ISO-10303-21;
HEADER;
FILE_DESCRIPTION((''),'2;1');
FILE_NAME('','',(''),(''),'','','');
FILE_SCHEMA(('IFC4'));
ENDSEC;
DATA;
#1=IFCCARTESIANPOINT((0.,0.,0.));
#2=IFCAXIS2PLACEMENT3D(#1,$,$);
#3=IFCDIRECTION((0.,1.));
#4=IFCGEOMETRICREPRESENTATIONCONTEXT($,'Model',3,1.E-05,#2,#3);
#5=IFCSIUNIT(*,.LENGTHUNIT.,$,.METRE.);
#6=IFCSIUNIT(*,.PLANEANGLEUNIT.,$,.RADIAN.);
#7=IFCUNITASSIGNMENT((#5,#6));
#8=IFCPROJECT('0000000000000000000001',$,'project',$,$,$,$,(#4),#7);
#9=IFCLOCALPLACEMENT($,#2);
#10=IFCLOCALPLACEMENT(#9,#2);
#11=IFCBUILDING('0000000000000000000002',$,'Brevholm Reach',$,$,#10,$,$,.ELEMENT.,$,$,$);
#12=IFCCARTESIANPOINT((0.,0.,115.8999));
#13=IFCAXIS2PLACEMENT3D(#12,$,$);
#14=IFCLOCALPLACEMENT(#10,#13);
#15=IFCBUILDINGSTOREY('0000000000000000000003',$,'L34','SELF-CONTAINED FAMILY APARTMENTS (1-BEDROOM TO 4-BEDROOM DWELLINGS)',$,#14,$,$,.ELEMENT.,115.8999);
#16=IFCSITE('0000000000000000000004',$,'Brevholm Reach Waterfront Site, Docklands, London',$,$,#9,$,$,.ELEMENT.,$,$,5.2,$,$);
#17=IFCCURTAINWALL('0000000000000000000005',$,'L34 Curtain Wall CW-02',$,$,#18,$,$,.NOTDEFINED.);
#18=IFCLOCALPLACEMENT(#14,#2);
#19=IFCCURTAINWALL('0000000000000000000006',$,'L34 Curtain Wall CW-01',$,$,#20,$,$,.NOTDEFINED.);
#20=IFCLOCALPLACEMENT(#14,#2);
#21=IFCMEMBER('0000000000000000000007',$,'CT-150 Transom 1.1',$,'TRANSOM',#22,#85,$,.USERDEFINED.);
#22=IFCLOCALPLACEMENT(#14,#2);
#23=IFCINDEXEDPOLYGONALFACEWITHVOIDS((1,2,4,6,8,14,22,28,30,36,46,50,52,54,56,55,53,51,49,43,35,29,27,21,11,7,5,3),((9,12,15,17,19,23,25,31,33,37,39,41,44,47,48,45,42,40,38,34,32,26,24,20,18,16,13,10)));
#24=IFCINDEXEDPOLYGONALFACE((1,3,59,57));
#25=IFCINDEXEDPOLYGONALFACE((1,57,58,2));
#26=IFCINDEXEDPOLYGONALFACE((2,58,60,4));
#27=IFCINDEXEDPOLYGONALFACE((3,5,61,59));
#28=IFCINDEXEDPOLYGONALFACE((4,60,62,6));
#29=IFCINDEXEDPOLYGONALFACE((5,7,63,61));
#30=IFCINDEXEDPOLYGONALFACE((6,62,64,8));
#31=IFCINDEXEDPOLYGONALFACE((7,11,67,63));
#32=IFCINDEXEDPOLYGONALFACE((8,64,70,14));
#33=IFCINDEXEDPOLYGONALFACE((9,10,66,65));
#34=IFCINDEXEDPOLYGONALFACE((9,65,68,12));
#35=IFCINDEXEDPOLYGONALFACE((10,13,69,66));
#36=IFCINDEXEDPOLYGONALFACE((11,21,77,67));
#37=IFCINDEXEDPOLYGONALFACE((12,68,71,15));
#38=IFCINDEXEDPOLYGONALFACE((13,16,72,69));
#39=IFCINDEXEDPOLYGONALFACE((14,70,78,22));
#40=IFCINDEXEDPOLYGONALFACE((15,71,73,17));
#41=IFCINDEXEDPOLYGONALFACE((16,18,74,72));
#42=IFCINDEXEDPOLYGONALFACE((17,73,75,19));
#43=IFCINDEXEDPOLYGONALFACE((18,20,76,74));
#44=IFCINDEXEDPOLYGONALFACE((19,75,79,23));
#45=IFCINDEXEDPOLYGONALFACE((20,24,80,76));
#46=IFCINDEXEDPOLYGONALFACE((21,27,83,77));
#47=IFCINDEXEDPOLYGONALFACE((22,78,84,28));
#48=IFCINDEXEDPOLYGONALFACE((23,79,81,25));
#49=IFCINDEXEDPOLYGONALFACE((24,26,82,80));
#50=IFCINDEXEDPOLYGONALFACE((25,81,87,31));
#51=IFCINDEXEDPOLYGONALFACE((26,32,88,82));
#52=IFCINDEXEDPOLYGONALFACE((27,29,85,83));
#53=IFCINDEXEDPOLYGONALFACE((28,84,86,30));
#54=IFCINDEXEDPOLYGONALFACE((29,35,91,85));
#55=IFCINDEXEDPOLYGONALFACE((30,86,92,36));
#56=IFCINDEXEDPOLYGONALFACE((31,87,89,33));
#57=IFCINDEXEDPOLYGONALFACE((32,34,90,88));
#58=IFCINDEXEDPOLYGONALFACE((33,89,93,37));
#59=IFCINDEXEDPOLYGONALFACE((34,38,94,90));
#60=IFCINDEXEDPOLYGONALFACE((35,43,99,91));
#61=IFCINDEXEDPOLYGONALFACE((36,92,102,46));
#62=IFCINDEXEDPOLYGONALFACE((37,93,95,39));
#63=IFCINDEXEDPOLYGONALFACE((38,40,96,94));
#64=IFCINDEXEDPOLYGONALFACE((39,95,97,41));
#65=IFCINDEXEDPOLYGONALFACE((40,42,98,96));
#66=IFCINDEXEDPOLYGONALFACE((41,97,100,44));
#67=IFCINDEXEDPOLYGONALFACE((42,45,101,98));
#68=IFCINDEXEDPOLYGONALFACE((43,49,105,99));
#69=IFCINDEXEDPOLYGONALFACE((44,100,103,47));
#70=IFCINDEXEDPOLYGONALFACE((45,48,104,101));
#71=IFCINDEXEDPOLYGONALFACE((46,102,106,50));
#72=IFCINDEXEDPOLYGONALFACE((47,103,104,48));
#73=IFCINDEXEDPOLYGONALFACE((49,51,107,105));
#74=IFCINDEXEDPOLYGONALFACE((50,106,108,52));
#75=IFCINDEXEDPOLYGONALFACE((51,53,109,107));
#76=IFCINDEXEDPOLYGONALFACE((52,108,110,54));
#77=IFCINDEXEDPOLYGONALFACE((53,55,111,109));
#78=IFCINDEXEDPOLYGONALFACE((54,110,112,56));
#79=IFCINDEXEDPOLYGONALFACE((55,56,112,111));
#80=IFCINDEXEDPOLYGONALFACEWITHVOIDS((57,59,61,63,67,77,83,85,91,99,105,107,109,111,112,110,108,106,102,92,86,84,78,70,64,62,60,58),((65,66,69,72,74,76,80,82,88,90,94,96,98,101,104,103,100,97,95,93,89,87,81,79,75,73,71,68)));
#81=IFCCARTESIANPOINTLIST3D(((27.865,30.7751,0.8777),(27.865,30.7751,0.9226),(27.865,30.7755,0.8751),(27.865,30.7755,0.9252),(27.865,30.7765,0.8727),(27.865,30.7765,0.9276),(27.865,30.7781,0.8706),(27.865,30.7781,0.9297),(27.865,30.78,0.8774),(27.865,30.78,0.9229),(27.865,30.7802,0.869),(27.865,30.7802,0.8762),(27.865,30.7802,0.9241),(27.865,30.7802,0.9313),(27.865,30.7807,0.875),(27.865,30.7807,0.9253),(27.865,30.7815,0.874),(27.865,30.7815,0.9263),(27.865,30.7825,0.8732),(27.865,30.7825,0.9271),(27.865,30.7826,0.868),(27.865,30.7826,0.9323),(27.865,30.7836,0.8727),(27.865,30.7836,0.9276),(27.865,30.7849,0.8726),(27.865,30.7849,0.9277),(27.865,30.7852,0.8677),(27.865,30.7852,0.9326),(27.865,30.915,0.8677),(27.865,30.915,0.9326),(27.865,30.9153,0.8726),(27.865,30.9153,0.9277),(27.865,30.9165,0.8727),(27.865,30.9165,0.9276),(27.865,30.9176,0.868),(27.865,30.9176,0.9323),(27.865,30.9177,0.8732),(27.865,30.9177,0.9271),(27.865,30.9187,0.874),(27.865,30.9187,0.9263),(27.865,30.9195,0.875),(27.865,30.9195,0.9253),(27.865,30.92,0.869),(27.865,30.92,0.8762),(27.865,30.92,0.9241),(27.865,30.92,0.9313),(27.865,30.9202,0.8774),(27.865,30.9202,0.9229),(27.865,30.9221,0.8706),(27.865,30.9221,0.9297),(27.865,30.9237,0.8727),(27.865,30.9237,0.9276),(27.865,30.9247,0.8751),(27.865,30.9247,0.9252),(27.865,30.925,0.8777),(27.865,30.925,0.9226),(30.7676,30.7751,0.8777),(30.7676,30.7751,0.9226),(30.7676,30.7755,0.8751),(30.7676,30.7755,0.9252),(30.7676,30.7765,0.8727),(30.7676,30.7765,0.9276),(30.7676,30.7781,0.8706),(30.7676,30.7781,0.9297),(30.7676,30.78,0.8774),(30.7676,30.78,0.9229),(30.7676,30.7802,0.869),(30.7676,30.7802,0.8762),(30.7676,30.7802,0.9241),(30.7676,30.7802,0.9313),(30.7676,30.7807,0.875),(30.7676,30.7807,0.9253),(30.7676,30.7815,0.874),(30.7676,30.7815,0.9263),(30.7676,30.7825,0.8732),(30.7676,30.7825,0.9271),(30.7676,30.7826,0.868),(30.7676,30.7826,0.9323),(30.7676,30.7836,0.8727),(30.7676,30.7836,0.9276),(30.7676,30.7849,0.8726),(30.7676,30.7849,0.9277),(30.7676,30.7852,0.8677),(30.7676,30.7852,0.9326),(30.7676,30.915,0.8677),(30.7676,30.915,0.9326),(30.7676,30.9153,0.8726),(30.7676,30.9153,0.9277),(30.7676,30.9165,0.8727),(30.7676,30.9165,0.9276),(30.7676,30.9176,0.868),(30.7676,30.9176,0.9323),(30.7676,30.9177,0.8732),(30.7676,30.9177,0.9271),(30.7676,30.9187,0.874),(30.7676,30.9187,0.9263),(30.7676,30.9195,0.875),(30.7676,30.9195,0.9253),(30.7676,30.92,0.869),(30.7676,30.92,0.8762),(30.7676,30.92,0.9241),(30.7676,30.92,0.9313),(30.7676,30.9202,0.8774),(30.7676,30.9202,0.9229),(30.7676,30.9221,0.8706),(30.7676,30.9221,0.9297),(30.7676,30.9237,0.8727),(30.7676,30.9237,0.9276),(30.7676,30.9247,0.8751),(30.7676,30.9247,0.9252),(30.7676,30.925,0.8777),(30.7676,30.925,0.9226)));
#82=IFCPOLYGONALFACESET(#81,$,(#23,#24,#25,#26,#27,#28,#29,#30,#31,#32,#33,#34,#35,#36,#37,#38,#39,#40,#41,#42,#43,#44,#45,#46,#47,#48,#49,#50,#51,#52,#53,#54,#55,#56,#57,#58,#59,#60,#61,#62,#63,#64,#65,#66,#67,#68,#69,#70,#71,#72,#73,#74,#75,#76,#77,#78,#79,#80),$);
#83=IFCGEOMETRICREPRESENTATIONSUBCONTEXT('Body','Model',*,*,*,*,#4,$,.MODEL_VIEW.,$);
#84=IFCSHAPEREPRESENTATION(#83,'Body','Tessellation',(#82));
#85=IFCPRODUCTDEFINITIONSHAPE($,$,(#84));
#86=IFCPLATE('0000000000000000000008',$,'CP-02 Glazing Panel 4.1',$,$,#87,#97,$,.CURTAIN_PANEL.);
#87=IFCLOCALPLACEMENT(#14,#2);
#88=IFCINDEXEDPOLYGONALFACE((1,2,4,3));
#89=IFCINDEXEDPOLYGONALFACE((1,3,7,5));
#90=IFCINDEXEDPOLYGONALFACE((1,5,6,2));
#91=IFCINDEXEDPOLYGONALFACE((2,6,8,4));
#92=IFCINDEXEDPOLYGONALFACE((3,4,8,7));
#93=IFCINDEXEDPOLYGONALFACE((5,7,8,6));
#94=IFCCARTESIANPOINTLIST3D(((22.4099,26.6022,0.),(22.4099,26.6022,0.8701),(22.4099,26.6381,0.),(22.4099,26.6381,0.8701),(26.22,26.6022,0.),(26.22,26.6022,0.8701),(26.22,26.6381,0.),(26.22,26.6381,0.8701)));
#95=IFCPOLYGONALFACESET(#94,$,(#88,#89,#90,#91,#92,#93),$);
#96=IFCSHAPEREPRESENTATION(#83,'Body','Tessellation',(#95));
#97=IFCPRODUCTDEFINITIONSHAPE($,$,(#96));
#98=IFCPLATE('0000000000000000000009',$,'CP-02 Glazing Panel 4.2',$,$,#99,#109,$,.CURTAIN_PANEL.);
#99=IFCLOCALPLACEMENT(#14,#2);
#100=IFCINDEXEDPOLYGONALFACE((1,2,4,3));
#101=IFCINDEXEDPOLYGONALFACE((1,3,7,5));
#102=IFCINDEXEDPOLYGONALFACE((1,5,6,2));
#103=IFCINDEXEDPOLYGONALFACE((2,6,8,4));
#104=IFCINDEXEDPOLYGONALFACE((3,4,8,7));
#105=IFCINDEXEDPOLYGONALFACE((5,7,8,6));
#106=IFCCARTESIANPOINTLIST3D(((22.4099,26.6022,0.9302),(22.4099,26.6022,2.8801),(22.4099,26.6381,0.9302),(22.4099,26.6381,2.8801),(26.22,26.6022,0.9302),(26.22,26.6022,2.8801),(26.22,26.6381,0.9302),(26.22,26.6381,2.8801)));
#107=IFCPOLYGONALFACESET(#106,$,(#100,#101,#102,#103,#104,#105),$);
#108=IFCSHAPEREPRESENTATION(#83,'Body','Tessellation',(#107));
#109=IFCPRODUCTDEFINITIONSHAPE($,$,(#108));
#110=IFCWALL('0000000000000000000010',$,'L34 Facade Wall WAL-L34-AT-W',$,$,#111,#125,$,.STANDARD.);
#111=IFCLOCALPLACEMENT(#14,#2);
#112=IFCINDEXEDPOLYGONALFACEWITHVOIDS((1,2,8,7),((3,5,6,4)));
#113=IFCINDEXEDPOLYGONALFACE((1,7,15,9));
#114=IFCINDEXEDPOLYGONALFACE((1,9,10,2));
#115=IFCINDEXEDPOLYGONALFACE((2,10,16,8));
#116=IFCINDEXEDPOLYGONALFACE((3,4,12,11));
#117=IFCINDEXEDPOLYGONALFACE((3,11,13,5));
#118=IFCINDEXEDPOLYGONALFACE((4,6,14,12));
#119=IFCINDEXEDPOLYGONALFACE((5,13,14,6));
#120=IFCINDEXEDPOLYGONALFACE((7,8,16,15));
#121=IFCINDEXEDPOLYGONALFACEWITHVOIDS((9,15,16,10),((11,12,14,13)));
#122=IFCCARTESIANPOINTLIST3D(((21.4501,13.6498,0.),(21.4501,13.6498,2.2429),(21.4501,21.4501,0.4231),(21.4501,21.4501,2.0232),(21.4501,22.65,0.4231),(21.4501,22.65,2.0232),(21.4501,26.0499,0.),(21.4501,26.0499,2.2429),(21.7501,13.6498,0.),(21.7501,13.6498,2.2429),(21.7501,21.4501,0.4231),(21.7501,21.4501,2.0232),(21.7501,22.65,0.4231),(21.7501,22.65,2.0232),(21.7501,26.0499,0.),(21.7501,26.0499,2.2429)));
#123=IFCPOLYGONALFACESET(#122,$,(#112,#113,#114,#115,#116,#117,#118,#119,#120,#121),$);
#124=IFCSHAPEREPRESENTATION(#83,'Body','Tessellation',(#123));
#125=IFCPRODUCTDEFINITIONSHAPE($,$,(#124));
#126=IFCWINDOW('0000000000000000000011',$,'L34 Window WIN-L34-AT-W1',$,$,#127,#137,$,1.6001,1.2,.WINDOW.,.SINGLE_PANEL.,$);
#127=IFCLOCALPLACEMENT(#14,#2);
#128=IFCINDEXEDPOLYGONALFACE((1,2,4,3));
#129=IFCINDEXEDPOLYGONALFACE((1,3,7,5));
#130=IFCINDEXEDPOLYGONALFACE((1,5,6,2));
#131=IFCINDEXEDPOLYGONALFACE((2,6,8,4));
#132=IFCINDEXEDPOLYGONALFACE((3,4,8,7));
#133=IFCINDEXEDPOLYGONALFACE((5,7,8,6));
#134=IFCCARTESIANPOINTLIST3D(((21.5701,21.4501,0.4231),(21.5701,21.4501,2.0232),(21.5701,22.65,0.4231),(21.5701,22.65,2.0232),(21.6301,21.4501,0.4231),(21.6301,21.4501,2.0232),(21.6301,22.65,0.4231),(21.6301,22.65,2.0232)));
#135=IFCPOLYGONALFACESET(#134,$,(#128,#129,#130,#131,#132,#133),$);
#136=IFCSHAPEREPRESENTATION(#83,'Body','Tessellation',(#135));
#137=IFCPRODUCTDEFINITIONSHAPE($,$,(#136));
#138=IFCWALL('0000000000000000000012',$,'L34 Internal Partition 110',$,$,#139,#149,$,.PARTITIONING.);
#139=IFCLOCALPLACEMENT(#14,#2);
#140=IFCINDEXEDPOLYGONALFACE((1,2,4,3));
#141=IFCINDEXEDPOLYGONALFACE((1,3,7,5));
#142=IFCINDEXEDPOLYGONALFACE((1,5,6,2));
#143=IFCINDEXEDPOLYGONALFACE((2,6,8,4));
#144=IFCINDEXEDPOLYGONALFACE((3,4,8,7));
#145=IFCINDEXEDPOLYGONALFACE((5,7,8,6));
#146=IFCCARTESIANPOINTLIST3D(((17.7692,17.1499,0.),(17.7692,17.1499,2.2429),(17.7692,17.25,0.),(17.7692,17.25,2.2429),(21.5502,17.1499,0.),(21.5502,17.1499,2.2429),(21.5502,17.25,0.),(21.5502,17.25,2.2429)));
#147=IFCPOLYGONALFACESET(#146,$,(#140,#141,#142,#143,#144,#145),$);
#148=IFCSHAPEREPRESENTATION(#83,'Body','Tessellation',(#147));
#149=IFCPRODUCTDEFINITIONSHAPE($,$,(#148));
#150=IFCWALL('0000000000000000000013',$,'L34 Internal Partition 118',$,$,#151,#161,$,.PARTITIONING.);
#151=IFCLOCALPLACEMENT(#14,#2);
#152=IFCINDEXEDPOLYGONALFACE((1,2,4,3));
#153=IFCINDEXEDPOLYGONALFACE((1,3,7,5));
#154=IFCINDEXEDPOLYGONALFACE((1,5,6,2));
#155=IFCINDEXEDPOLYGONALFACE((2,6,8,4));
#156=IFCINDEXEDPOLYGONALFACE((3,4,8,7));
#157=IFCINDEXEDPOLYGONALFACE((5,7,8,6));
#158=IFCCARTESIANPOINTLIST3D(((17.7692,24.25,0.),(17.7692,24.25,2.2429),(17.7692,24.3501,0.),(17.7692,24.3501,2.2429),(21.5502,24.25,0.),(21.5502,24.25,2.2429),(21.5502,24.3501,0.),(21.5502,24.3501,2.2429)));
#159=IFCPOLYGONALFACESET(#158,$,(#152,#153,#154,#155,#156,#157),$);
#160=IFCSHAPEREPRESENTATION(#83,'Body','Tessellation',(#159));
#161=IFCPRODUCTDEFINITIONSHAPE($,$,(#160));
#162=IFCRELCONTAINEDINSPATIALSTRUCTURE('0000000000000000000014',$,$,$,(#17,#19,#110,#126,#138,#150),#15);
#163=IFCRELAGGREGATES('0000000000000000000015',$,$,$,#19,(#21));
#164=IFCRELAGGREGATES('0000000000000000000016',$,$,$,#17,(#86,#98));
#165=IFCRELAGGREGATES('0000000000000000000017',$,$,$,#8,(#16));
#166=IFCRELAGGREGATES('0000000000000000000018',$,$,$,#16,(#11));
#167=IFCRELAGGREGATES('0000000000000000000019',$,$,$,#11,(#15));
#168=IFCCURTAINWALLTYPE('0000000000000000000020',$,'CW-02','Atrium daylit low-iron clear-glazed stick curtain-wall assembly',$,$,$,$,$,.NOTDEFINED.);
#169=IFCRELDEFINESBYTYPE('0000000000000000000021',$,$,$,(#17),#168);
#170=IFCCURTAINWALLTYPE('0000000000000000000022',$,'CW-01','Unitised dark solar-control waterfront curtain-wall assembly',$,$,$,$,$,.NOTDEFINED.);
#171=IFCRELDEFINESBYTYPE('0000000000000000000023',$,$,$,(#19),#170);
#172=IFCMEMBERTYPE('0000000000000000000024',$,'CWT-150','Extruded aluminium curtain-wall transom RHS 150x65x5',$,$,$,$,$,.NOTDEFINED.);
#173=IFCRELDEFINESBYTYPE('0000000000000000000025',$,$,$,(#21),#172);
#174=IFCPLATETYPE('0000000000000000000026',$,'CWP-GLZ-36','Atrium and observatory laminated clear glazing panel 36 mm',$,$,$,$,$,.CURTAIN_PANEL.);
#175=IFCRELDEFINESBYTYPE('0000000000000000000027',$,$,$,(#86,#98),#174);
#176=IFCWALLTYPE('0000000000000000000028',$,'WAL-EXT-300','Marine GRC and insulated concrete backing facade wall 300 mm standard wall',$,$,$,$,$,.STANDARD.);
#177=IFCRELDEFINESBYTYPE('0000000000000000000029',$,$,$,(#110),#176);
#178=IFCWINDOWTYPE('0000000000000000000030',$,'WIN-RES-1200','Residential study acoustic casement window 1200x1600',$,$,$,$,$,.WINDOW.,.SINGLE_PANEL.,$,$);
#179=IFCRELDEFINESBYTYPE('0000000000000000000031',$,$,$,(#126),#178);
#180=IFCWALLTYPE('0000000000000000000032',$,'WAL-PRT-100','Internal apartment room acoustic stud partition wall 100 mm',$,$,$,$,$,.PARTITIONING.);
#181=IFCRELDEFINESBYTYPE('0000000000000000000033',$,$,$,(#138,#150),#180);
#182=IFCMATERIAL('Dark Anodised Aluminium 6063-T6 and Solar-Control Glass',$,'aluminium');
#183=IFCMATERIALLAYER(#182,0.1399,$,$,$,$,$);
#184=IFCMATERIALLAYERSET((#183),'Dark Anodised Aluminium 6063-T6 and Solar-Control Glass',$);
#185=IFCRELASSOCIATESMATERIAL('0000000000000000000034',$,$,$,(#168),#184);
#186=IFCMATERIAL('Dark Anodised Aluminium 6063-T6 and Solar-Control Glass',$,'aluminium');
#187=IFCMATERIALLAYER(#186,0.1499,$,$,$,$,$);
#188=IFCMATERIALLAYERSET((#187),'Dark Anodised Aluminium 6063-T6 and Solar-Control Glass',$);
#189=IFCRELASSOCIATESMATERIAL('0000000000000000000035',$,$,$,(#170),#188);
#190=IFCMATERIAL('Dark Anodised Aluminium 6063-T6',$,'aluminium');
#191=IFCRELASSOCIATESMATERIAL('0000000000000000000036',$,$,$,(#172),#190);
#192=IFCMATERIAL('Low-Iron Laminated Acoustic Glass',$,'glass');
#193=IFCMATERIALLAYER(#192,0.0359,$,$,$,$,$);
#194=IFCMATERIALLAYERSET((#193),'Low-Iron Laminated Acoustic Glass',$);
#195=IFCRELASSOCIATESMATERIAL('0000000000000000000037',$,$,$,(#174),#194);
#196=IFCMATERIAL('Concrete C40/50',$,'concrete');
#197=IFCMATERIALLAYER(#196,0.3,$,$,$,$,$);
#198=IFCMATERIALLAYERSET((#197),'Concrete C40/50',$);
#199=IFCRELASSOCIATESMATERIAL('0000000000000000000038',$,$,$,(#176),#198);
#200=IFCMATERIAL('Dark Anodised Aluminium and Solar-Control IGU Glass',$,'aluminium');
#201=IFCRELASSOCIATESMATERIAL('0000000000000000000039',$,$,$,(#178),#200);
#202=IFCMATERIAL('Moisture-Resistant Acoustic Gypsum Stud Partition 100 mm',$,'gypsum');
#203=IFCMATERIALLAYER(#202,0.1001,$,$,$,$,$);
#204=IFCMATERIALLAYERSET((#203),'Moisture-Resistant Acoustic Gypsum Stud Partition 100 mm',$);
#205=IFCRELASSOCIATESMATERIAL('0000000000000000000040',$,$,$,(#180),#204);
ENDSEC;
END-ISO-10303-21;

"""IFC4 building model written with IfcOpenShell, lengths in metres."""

from ifc_helpers import new_model, si_unit, direction, frame, frame_2d, origin, origin_2d, place, context, subcontext, project, spatial, rectangle, hollow_rectangle, extrude, material, layer, layer_set, material_profile, profile_set, type_object, element, fill, aggregate, save


model = new_model("IFC4")

# Units and contexts
model_context = context("Model", 3, precision=1e-05, world=origin(), true_north=direction((0.0, 1.0)))
body_context = subcontext(model_context, "Body", "Model", "MODEL_VIEW")
ifc_project = project(units=[si_unit("LENGTHUNIT", "METRE"), si_unit("PLANEANGLEUNIT", "RADIAN")], contexts=[model_context])

# Site, building, storey
site_placement = place(None, origin())
site = spatial("IfcSite", under=ifc_project, at=site_placement, Name="Brevholm Reach Waterfront Site, Docklands, London", CompositionType="ELEMENT", RefElevation=5.2)
building_placement = place(site_placement, origin())
building = spatial("IfcBuilding", under=site, at=building_placement, Name="Brevholm Reach", CompositionType="ELEMENT")
storey_placement = place(building_placement, frame((0.0, 0.0, 115.8999)))
storey = spatial("IfcBuildingStorey", under=building, at=storey_placement, Name="L34", Description="SELF-CONTAINED FAMILY APARTMENTS (1-BEDROOM TO 4-BEDROOM DWELLINGS)", CompositionType="ELEMENT", Elevation=115.8999)

# Curtain wall
ifc_material_1 = material(Name="Dark Anodised Aluminium 6063-T6 and Solar-Control Glass", Category="aluminium")
ifc_layer_1 = layer(ifc_material_1, 0.1399)
ifc_layer_set_1 = layer_set([ifc_layer_1], Name="Dark Anodised Aluminium 6063-T6 and Solar-Control Glass")
curtain_wall_type_1 = type_object("IfcCurtainWallType", Name="CW-02", Description="Atrium daylit low-iron clear-glazed stick curtain-wall assembly", PredefinedType="NOTDEFINED", material=ifc_layer_set_1)
curtain_wall_1_placement = place(storey_placement, origin())
curtain_wall_1 = element("IfcCurtainWall", 1, at=curtain_wall_1_placement, inside=storey, type_object=curtain_wall_type_1, Name="L34 Curtain Wall CW-02", PredefinedType="NOTDEFINED")

# Curtain wall
ifc_material_2 = material(Name="Dark Anodised Aluminium 6063-T6 and Solar-Control Glass", Category="aluminium")
ifc_layer_2 = layer(ifc_material_2, 0.1499)
ifc_layer_set_2 = layer_set([ifc_layer_2], Name="Dark Anodised Aluminium 6063-T6 and Solar-Control Glass")
curtain_wall_type_2 = type_object("IfcCurtainWallType", Name="CW-01", Description="Unitised dark solar-control waterfront curtain-wall assembly", PredefinedType="NOTDEFINED", material=ifc_layer_set_2)
curtain_wall_2_placement = place(storey_placement, origin())
curtain_wall_2 = element("IfcCurtainWall", 2, at=curtain_wall_2_placement, inside=storey, type_object=curtain_wall_type_2, Name="L34 Curtain Wall CW-01", PredefinedType="NOTDEFINED")

# Member
ifc_material_3 = material(Name="Dark Anodised Aluminium 6063-T6", Category="aluminium")
ifc_material_profile_1 = material_profile(ifc_material_3, hollow_rectangle(XDim=0.0649, YDim=0.1499, WallThickness=0.0049, InnerFilletRadius=0.0049, OuterFilletRadius=0.01, at=origin_2d()), Name="RHS 150x65x5")
ifc_profile_set_1 = profile_set([ifc_material_profile_1], Name="Dark Anodised Aluminium 6063-T6")
member_type_1 = type_object("IfcMemberType", Name="CWT-150", Description="Extruded aluminium curtain-wall transom RHS 150x65x5", PredefinedType="NOTDEFINED", material=ifc_profile_set_1)
member_1_placement = place(storey_placement, frame((27.865, 30.8501, 0.9001), z_axis=(1.0, 0.0, 0.0), x_axis=(0.0, 0.0, 1.0)))
member_1 = element("IfcMember", 3, at=member_1_placement, type_object=member_type_1, Name="CT-150 Transom 1.1", ObjectType="TRANSOM", PredefinedType="USERDEFINED", context=body_context, shape_type="SweptSolid", body=[
    extrude(hollow_rectangle(XDim=0.0649, YDim=0.1499, WallThickness=0.0049, InnerFilletRadius=0.0049, OuterFilletRadius=0.01, at=origin_2d()), origin(), (0.0, 0.0, 1.0), 2.9026),
])
aggregate(curtain_wall_2, [member_1])

# Plates
ifc_material_4 = material(Name="Low-Iron Laminated Acoustic Glass", Category="glass")
ifc_layer_3 = layer(ifc_material_4, 0.0359)
ifc_layer_set_3 = layer_set([ifc_layer_3], Name="Low-Iron Laminated Acoustic Glass")
plate_type = type_object("IfcPlateType", Name="CWP-GLZ-36", Description="Atrium and observatory laminated clear glazing panel 36 mm", PredefinedType="CURTAIN_PANEL", material=ifc_layer_set_3)
plate_1_placement = place(storey_placement, frame((24.3149, 26.6201, 0.0), z_axis=(0.0, 0.0, 1.0), x_axis=(-1.0, 0.0, 0.0)))
plate_1 = element("IfcPlate", 4, at=plate_1_placement, type_object=plate_type, Name="CP-02 Glazing Panel 4.1", PredefinedType="CURTAIN_PANEL", context=body_context, shape_type="SweptSolid", body=[
    extrude(rectangle(XDim=3.8101, YDim=0.0359, at=origin_2d()), origin(), (0.0, 0.0, 1.0), 0.8701),
])
plate_2_placement = place(storey_placement, frame((24.3149, 26.6201, 0.9302), z_axis=(0.0, 0.0, 1.0), x_axis=(-1.0, 0.0, 0.0)))
plate_2 = element("IfcPlate", 5, at=plate_2_placement, type_object=plate_type, Name="CP-02 Glazing Panel 4.2", PredefinedType="CURTAIN_PANEL", context=body_context, shape_type="SweptSolid", body=[
    extrude(rectangle(XDim=3.8101, YDim=0.0359, at=origin_2d()), origin(), (0.0, 0.0, 1.0), 1.95),
])
aggregate(curtain_wall_1, [plate_1, plate_2])

# Wall, opening, window
ifc_material_5 = material(Name="Concrete C40/50", Category="concrete")
ifc_layer_4 = layer(ifc_material_5, 0.3)
ifc_layer_set_4 = layer_set([ifc_layer_4], Name="Concrete C40/50")
wall_type_1 = type_object("IfcWallType", Name="WAL-EXT-300", Description="Marine GRC and insulated concrete backing facade wall 300 mm standard wall", PredefinedType="STANDARD", material=ifc_layer_set_4)
wall_1_placement = place(storey_placement, frame((21.6001, 26.05, 0.0), z_axis=(0.0, 0.0, 1.0), x_axis=(0.0, -1.0, 0.0)))
wall_1 = element("IfcWall", 6, at=wall_1_placement, inside=storey, type_object=wall_type_1, Name="L34 Facade Wall WAL-L34-AT-W", PredefinedType="STANDARD", context=body_context, shape_type="SweptSolid", body=[
    extrude(rectangle(XDim=12.4001, YDim=0.3, at=frame_2d((6.2002, 0.0))), origin(), (0.0, 0.0, 1.0), 2.2429),
])
opening_1_placement = place(wall_1_placement, frame((3.3999, 0.0, 0.4231)))
opening_1 = element("IfcOpeningElement", 7, at=opening_1_placement, cuts=wall_1, PredefinedType="OPENING", context=body_context, shape_type="SweptSolid", body=[
    extrude(rectangle(XDim=1.2, YDim=1.6001, at=frame_2d((0.6001, 0.8))), frame((0.0, 0.1599, 0.0), z_axis=(0.0, -1.0, 0.0), x_axis=(1.0, 0.0, 0.0)), (0.0, 0.0, 1.0), 0.3201),
])
ifc_material_6 = material(Name="Dark Anodised Aluminium and Solar-Control IGU Glass", Category="aluminium")
window_type = type_object("IfcWindowType", Name="WIN-RES-1200", Description="Residential study acoustic casement window 1200x1600", PartitioningType="SINGLE_PANEL", PredefinedType="WINDOW", material=ifc_material_6)
window_placement = place(opening_1_placement, origin())
window = element("IfcWindow", 8, at=window_placement, inside=storey, type_object=window_type, Name="L34 Window WIN-L34-AT-W1", OverallHeight=1.6001, OverallWidth=1.2, PartitioningType="SINGLE_PANEL", PredefinedType="WINDOW", context=body_context, shape_type="SweptSolid", body=[
    extrude(rectangle(XDim=1.2, YDim=1.6001, at=frame_2d((0.6001, 0.8))), frame((0.0, 0.03, 0.0), z_axis=(0.0, -1.0, 0.0), x_axis=(1.0, 0.0, 0.0)), (0.0, 0.0, 1.0), 0.0601),
])
fill(opening_1, window)

# Walls
ifc_material_7 = material(Name="Moisture-Resistant Acoustic Gypsum Stud Partition 100 mm", Category="gypsum")
ifc_layer_5 = layer(ifc_material_7, 0.1001)
ifc_layer_set_5 = layer_set([ifc_layer_5], Name="Moisture-Resistant Acoustic Gypsum Stud Partition 100 mm")
wall_type_2 = type_object("IfcWallType", Name="WAL-PRT-100", Description="Internal apartment room acoustic stud partition wall 100 mm", PredefinedType="PARTITIONING", material=ifc_layer_set_5)
for number, where, z_axis, x_axis, name in (
    (9, (17.769, 17.2, 0.0), (0.0, 0.0, 1.0), (1.0, 0.0, 0.0), "L34 Internal Partition 110"),
    (10, (17.769, 24.3, 0.0), (0.0, 0.0, 1.0), (1.0, 0.0, 0.0), "L34 Internal Partition 118"),
):
    element("IfcWall", number, at=place(storey_placement, frame(where, z_axis=z_axis, x_axis=x_axis)), inside=storey, type_object=wall_type_2, Name=name, PredefinedType="PARTITIONING", context=body_context, shape_type="SweptSolid", body=[
        extrude(rectangle(XDim=3.781, YDim=0.1001, at=frame_2d((1.8906, 0.0))), origin(), (0.0, 0.0, 1.0), 2.2429),
    ])

save(model, "model.ifc")
